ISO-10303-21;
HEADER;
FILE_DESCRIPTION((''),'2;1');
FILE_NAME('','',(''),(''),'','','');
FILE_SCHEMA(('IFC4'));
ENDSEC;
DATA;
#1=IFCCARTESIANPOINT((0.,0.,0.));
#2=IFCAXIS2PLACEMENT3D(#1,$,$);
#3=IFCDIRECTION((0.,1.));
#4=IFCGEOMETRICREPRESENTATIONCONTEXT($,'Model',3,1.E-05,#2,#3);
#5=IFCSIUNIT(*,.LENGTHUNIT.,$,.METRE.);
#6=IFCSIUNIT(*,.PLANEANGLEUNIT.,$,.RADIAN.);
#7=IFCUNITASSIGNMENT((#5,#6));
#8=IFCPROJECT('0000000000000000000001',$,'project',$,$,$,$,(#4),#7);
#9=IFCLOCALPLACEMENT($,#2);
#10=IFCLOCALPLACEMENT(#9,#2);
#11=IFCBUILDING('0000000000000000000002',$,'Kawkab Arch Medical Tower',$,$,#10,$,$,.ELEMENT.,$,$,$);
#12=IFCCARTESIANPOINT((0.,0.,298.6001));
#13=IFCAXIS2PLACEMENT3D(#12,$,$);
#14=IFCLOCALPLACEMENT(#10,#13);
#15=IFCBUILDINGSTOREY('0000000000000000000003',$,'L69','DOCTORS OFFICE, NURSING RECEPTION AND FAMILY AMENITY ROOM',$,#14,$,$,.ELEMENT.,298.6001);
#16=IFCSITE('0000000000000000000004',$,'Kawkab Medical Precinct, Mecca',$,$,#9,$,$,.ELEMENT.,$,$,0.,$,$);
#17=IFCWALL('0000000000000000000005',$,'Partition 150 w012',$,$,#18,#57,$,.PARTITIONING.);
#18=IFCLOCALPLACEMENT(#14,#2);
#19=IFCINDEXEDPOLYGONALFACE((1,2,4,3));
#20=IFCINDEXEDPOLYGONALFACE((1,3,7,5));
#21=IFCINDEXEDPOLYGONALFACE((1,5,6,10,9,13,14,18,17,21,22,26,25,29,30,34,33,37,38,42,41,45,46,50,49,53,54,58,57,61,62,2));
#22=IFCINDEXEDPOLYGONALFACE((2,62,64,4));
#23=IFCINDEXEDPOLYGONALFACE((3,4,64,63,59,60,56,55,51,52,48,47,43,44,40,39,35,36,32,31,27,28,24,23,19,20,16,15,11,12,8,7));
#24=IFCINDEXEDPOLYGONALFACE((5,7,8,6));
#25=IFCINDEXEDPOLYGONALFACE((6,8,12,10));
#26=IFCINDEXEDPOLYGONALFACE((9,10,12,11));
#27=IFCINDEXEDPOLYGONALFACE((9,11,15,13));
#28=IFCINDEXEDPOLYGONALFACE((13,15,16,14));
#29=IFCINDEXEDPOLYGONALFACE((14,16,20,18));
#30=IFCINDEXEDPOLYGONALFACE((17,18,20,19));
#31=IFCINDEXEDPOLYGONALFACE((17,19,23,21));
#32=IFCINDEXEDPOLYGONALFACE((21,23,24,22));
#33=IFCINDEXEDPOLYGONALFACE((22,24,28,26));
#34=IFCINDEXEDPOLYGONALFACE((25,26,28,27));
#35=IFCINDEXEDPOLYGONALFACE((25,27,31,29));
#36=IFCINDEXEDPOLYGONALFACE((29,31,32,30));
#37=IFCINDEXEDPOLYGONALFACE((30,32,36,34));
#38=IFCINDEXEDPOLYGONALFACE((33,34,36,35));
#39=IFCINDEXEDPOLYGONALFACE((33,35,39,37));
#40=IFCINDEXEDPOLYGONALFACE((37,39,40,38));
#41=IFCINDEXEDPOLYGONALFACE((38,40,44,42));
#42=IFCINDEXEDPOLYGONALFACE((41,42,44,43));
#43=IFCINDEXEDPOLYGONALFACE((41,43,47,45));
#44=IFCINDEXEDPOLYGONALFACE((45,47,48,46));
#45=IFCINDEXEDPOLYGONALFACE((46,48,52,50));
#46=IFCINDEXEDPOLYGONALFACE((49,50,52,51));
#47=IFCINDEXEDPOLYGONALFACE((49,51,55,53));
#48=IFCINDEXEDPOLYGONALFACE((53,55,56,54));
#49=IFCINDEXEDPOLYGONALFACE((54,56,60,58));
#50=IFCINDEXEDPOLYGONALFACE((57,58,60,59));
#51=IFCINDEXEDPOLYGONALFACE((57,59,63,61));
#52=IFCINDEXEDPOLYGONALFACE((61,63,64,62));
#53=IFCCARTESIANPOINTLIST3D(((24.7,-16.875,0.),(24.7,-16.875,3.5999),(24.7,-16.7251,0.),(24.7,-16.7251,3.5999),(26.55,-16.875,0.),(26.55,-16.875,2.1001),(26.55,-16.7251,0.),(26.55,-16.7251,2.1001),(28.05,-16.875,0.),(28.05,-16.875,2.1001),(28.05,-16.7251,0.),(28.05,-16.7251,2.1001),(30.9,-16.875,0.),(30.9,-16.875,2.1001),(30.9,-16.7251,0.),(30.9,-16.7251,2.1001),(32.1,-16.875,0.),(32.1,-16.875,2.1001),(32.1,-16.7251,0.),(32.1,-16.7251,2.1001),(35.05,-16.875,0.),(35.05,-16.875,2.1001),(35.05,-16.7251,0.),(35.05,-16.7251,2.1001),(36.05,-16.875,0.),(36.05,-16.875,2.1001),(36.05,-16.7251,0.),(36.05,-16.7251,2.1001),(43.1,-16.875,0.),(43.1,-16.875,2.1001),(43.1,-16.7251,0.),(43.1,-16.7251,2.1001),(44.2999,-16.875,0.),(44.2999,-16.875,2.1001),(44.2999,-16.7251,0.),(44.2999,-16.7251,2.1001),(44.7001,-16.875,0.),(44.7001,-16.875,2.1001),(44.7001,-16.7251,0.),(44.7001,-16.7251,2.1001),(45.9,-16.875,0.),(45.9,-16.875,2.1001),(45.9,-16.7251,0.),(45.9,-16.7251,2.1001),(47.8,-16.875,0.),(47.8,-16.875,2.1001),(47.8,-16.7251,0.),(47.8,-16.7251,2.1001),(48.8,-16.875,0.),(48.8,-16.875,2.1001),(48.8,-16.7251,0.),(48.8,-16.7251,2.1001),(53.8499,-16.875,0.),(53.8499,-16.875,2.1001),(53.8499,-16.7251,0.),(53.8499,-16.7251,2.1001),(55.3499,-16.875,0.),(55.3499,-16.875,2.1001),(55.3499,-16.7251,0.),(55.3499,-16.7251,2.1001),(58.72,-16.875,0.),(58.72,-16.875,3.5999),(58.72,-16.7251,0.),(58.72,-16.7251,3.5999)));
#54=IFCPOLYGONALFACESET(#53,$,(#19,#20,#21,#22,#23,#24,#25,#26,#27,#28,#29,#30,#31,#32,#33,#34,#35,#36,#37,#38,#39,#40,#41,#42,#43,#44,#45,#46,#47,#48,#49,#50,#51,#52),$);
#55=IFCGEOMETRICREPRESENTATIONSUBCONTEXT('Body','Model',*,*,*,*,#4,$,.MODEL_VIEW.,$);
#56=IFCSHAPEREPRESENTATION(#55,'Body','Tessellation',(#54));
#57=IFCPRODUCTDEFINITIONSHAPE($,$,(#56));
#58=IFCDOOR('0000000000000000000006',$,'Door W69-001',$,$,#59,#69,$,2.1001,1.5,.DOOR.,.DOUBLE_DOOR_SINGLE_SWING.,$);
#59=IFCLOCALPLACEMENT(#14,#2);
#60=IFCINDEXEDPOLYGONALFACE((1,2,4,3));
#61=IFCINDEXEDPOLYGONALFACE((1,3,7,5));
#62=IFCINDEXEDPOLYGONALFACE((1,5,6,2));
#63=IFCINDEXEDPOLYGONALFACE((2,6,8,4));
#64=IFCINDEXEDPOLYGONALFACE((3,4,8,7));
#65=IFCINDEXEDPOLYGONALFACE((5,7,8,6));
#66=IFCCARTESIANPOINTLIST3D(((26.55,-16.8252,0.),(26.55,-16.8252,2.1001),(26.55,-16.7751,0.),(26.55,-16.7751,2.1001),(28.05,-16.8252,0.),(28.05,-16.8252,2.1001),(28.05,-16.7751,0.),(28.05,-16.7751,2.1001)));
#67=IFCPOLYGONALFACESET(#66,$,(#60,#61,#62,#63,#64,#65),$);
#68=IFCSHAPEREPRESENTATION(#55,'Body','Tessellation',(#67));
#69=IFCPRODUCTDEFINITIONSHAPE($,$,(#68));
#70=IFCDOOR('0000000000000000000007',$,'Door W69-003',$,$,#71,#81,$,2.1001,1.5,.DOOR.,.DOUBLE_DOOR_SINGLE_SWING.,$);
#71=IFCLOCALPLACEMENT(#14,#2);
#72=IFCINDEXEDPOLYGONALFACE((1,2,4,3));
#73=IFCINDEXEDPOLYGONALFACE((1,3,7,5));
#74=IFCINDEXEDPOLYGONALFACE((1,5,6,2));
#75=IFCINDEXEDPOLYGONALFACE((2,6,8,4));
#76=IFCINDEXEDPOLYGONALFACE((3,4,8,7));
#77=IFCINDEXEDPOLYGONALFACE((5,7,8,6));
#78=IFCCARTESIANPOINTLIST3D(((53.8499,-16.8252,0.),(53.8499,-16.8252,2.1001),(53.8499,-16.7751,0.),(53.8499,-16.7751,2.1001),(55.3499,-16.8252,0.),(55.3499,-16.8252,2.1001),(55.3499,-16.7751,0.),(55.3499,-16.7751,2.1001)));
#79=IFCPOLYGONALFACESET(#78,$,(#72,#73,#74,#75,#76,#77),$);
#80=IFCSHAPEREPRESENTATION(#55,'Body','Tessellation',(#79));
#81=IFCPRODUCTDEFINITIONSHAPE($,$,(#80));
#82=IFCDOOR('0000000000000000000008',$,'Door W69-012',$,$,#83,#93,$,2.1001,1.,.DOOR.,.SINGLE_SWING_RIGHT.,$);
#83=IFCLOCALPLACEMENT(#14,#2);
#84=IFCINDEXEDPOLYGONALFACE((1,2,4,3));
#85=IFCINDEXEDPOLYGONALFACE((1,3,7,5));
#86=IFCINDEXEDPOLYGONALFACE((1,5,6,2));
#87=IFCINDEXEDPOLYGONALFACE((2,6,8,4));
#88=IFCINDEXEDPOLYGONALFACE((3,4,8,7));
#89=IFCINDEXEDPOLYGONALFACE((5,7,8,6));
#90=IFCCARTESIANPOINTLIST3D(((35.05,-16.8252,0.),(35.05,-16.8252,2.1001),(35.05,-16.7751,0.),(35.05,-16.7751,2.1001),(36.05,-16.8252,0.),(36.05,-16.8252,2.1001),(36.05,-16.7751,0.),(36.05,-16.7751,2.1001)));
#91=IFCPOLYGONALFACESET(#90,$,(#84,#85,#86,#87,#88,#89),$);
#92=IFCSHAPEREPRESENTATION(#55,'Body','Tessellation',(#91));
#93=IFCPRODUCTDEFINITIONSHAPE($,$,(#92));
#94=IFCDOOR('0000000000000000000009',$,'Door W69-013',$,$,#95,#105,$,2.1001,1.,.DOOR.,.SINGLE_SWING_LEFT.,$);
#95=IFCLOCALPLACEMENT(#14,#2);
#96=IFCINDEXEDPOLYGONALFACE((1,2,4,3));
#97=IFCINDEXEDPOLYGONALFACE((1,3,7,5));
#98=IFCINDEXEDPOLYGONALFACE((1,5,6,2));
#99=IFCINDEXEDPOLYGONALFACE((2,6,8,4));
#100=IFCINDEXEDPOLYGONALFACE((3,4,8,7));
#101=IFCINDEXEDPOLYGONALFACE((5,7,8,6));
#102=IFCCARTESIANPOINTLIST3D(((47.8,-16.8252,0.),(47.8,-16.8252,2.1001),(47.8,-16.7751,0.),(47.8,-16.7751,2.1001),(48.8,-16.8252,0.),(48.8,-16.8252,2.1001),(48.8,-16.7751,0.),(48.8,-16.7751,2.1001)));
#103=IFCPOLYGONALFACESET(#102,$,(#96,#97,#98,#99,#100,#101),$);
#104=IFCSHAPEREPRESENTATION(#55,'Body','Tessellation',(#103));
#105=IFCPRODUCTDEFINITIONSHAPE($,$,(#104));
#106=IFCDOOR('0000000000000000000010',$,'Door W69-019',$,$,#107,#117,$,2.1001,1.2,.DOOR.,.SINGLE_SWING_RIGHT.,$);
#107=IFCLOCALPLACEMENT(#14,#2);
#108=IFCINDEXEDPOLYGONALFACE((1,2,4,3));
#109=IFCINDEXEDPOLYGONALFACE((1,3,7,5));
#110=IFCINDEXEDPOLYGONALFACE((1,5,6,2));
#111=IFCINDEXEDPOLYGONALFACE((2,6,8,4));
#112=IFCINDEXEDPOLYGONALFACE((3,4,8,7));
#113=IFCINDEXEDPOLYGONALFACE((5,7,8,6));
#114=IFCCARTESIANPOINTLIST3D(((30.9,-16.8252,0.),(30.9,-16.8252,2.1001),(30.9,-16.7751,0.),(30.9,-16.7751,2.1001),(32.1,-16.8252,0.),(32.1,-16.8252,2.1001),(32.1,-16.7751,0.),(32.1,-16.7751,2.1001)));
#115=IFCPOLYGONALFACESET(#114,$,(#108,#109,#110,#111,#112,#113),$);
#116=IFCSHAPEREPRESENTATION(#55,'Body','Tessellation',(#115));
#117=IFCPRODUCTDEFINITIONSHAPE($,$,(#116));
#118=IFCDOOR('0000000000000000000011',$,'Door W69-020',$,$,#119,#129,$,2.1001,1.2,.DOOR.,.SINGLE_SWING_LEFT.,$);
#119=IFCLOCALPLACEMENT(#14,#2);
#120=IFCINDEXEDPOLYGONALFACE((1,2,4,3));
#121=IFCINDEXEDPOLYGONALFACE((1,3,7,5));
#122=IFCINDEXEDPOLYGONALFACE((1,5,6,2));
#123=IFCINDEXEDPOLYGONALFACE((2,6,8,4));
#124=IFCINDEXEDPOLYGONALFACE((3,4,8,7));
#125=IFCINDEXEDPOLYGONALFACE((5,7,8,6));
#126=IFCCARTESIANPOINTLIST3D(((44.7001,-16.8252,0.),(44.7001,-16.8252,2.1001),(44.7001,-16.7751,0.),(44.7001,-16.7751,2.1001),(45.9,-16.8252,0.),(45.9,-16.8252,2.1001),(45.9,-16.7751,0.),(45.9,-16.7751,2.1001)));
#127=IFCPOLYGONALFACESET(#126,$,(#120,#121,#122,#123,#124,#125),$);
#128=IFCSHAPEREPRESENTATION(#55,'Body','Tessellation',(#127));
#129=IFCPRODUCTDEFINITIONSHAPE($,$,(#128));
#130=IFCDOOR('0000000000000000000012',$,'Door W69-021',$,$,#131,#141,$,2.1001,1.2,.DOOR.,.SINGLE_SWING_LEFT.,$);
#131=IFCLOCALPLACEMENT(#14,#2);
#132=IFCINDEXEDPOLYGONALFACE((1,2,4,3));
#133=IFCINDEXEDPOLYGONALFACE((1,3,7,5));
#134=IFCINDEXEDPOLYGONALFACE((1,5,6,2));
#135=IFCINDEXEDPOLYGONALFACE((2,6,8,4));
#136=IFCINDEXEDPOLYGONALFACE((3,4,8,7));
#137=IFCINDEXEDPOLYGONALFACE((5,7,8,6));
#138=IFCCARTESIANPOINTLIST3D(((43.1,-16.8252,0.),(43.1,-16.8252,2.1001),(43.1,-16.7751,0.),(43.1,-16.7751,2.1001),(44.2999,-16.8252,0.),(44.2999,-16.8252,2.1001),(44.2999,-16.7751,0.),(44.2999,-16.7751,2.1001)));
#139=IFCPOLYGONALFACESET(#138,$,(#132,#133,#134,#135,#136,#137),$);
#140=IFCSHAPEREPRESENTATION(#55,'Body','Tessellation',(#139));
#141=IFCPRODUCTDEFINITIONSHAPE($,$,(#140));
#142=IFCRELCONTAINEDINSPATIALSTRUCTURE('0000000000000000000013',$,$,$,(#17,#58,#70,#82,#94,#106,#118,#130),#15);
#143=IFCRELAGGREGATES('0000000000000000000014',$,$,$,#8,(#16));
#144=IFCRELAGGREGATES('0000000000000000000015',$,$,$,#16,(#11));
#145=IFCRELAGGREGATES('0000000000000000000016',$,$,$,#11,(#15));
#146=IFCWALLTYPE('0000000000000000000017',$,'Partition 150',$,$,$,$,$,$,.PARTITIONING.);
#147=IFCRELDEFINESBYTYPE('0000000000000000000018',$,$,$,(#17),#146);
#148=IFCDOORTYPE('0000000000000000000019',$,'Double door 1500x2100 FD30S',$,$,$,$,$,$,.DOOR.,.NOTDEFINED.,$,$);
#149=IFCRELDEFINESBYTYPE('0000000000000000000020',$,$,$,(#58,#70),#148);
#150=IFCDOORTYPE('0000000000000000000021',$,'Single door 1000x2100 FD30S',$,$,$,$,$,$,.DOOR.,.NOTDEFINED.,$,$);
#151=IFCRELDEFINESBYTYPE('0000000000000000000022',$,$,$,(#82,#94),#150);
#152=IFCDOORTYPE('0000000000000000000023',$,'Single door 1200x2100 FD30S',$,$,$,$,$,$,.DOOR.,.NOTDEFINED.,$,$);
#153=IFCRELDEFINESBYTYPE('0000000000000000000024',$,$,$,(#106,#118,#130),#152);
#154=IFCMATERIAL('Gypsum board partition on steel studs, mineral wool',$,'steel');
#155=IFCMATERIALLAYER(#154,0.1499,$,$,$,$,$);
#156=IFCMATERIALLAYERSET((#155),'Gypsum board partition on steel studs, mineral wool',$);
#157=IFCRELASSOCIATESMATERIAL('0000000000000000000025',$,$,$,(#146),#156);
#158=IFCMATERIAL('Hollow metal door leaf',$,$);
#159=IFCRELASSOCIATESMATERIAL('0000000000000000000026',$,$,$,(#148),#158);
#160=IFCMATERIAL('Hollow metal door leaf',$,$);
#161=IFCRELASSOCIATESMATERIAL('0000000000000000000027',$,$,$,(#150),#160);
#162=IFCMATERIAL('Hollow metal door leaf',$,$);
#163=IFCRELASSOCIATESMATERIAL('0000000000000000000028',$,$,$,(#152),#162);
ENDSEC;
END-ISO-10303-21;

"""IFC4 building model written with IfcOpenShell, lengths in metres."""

from ifc_helpers import new_model, si_unit, direction, frame, frame_2d, origin, place, context, subcontext, project, spatial, rectangle, extrude, material, layer, layer_set, type_object, element, fill, save


model = new_model("IFC4")

# Units and contexts
model_context = context("Model", 3, precision=1e-05, world=origin(), true_north=direction((0.0, 1.0)))
body_context = subcontext(model_context, "Body", "Model", "MODEL_VIEW")
ifc_project = project(units=[si_unit("LENGTHUNIT", "METRE"), si_unit("PLANEANGLEUNIT", "RADIAN")], contexts=[model_context])

# Site, building, storey
site_placement = place(None, origin())
site = spatial("IfcSite", under=ifc_project, at=site_placement, Name="Kawkab Medical Precinct, Mecca", CompositionType="ELEMENT", RefElevation=0.0)
building_placement = place(site_placement, origin())
building = spatial("IfcBuilding", under=site, at=building_placement, Name="Kawkab Arch Medical Tower", CompositionType="ELEMENT")
storey_placement = place(building_placement, frame((0.0, 0.0, 298.6001)))
storey = spatial("IfcBuildingStorey", under=building, at=storey_placement, Name="L69", Description="DOCTORS OFFICE, NURSING RECEPTION AND FAMILY AMENITY ROOM", CompositionType="ELEMENT", Elevation=298.6001)

# Wall, openings, doors
ifc_material_1 = material(Name="Gypsum board partition on steel studs, mineral wool", Category="steel")
ifc_layer_1 = layer(ifc_material_1, 0.1499)
ifc_layer_set_1 = layer_set([ifc_layer_1], Name="Gypsum board partition on steel studs, mineral wool")
wall_type_1 = type_object("IfcWallType", Name="Partition 150", PredefinedType="PARTITIONING", material=ifc_layer_set_1)
wall_1_placement = place(storey_placement, frame((24.7, -16.8, 0.0), z_axis=(0.0, 0.0, 1.0), x_axis=(1.0, 0.0, 0.0)))
wall_1 = element("IfcWall", 1, at=wall_1_placement, inside=storey, type_object=wall_type_1, Name="Partition 150 w012", PredefinedType="PARTITIONING", context=body_context, shape_type="SweptSolid", body=[
    extrude(rectangle(XDim=34.02, YDim=0.1499, at=frame_2d((17.01, 0.0))), origin(), (0.0, 0.0, 1.0), 3.5999),
])
opening_1_placement = place(wall_1_placement, frame((1.8501, 0.0, 0.0)))
opening_1 = element("IfcOpeningElement", 2, at=opening_1_placement, cuts=wall_1, PredefinedType="OPENING", context=body_context, shape_type="SweptSolid", body=[
    extrude(rectangle(XDim=1.5, YDim=2.1001, at=frame_2d((0.75, 1.05))), frame((0.0, 0.085, 0.0), z_axis=(0.0, -1.0, 0.0), x_axis=(1.0, 0.0, 0.0)), (0.0, 0.0, 1.0), 0.1699),
])
opening_2_placement = place(wall_1_placement, frame((6.2, 0.0, 0.0)))
opening_2 = element("IfcOpeningElement", 3, at=opening_2_placement, cuts=wall_1, PredefinedType="OPENING", context=body_context, shape_type="SweptSolid", body=[
    extrude(rectangle(XDim=1.2, YDim=2.1001, at=frame_2d((0.6001, 1.05))), frame((0.0, 0.085, 0.0), z_axis=(0.0, -1.0, 0.0), x_axis=(1.0, 0.0, 0.0)), (0.0, 0.0, 1.0), 0.1699),
])
opening_3_placement = place(wall_1_placement, frame((10.3501, 0.0, 0.0)))
opening_3 = element("IfcOpeningElement", 4, at=opening_3_placement, cuts=wall_1, PredefinedType="OPENING", context=body_context, shape_type="SweptSolid", body=[
    extrude(rectangle(XDim=1.0, YDim=2.1001, at=frame_2d((0.5, 1.05))), frame((0.0, 0.085, 0.0), z_axis=(0.0, -1.0, 0.0), x_axis=(1.0, 0.0, 0.0)), (0.0, 0.0, 1.0), 0.1699),
])
opening_4_placement = place(wall_1_placement, frame((20.0, 0.0, 0.0)))
opening_4 = element("IfcOpeningElement", 5, at=opening_4_placement, cuts=wall_1, PredefinedType="OPENING", context=body_context, shape_type="SweptSolid", body=[
    extrude(rectangle(XDim=1.2, YDim=2.1001, at=frame_2d((0.6001, 1.05))), frame((0.0, 0.085, 0.0), z_axis=(0.0, -1.0, 0.0), x_axis=(1.0, 0.0, 0.0)), (0.0, 0.0, 1.0), 0.1699),
])
opening_5_placement = place(wall_1_placement, frame((18.3999, 0.0, 0.0)))
opening_5 = element("IfcOpeningElement", 6, at=opening_5_placement, cuts=wall_1, PredefinedType="OPENING", context=body_context, shape_type="SweptSolid", body=[
    extrude(rectangle(XDim=1.2, YDim=2.1001, at=frame_2d((0.6001, 1.05))), frame((0.0, 0.085, 0.0), z_axis=(0.0, -1.0, 0.0), x_axis=(1.0, 0.0, 0.0)), (0.0, 0.0, 1.0), 0.1699),
])
opening_6_placement = place(wall_1_placement, frame((23.1001, 0.0, 0.0)))
opening_6 = element("IfcOpeningElement", 7, at=opening_6_placement, cuts=wall_1, PredefinedType="OPENING", context=body_context, shape_type="SweptSolid", body=[
    extrude(rectangle(XDim=1.0, YDim=2.1001, at=frame_2d((0.5, 1.05))), frame((0.0, 0.085, 0.0), z_axis=(0.0, -1.0, 0.0), x_axis=(1.0, 0.0, 0.0)), (0.0, 0.0, 1.0), 0.1699),
])
opening_7_placement = place(wall_1_placement, frame((29.1499, 0.0, 0.0)))
opening_7 = element("IfcOpeningElement", 8, at=opening_7_placement, cuts=wall_1, PredefinedType="OPENING", context=body_context, shape_type="SweptSolid", body=[
    extrude(rectangle(XDim=1.5, YDim=2.1001, at=frame_2d((0.75, 1.05))), frame((0.0, 0.085, 0.0), z_axis=(0.0, -1.0, 0.0), x_axis=(1.0, 0.0, 0.0)), (0.0, 0.0, 1.0), 0.1699),
])
ifc_material_2 = material(Name="Hollow metal door leaf")
door_type_1 = type_object("IfcDoorType", Name="Double door 1500x2100 FD30S", OperationType="NOTDEFINED", PredefinedType="DOOR", material=ifc_material_2)
door_1_placement = place(opening_1_placement, origin())
door_1 = element("IfcDoor", 9, at=door_1_placement, inside=storey, type_object=door_type_1, Name="Door W69-001", OperationType="DOUBLE_DOOR_SINGLE_SWING", OverallHeight=2.1001, OverallWidth=1.5, PredefinedType="DOOR", context=body_context, shape_type="SweptSolid", body=[
    extrude(rectangle(XDim=1.5, YDim=2.1001, at=frame_2d((0.75, 1.05))), frame((0.0, 0.0249, 0.0), z_axis=(0.0, -1.0, 0.0), x_axis=(1.0, 0.0, 0.0)), (0.0, 0.0, 1.0), 0.05),
])
fill(opening_1, door_1)
door_2_placement = place(opening_7_placement, origin())
door_2 = element("IfcDoor", 10, at=door_2_placement, inside=storey, type_object=door_type_1, Name="Door W69-003", OperationType="DOUBLE_DOOR_SINGLE_SWING", OverallHeight=2.1001, OverallWidth=1.5, PredefinedType="DOOR", context=body_context, shape_type="SweptSolid", body=[
    extrude(rectangle(XDim=1.5, YDim=2.1001, at=frame_2d((0.75, 1.05))), frame((0.0, 0.0249, 0.0), z_axis=(0.0, -1.0, 0.0), x_axis=(1.0, 0.0, 0.0)), (0.0, 0.0, 1.0), 0.05),
])
fill(opening_7, door_2)
ifc_material_3 = material(Name="Hollow metal door leaf")
door_type_2 = type_object("IfcDoorType", Name="Single door 1000x2100 FD30S", OperationType="NOTDEFINED", PredefinedType="DOOR", material=ifc_material_3)
door_3_placement = place(opening_3_placement, origin())
door_3 = element("IfcDoor", 11, at=door_3_placement, inside=storey, type_object=door_type_2, Name="Door W69-012", OperationType="SINGLE_SWING_RIGHT", OverallHeight=2.1001, OverallWidth=1.0, PredefinedType="DOOR", context=body_context, shape_type="SweptSolid", body=[
    extrude(rectangle(XDim=1.0, YDim=2.1001, at=frame_2d((0.5, 1.05))), frame((0.0, 0.0249, 0.0), z_axis=(0.0, -1.0, 0.0), x_axis=(1.0, 0.0, 0.0)), (0.0, 0.0, 1.0), 0.05),
])
fill(opening_3, door_3)
door_4_placement = place(opening_6_placement, origin())
door_4 = element("IfcDoor", 12, at=door_4_placement, inside=storey, type_object=door_type_2, Name="Door W69-013", OperationType="SINGLE_SWING_LEFT", OverallHeight=2.1001, OverallWidth=1.0, PredefinedType="DOOR", context=body_context, shape_type="SweptSolid", body=[
    extrude(rectangle(XDim=1.0, YDim=2.1001, at=frame_2d((0.5, 1.05))), frame((0.0, 0.0249, 0.0), z_axis=(0.0, -1.0, 0.0), x_axis=(1.0, 0.0, 0.0)), (0.0, 0.0, 1.0), 0.05),
])
fill(opening_6, door_4)
ifc_material_4 = material(Name="Hollow metal door leaf")
door_type_3 = type_object("IfcDoorType", Name="Single door 1200x2100 FD30S", OperationType="NOTDEFINED", PredefinedType="DOOR", material=ifc_material_4)
door_5_placement = place(opening_2_placement, origin())
door_5 = element("IfcDoor", 13, at=door_5_placement, inside=storey, type_object=door_type_3, Name="Door W69-019", OperationType="SINGLE_SWING_RIGHT", OverallHeight=2.1001, OverallWidth=1.2, PredefinedType="DOOR", context=body_context, shape_type="SweptSolid", body=[
    extrude(rectangle(XDim=1.2, YDim=2.1001, at=frame_2d((0.6001, 1.05))), frame((0.0, 0.0249, 0.0), z_axis=(0.0, -1.0, 0.0), x_axis=(1.0, 0.0, 0.0)), (0.0, 0.0, 1.0), 0.05),
])
fill(opening_2, door_5)
door_6_placement = place(opening_4_placement, origin())
door_6 = element("IfcDoor", 14, at=door_6_placement, inside=storey, type_object=door_type_3, Name="Door W69-020", OperationType="SINGLE_SWING_LEFT", OverallHeight=2.1001, OverallWidth=1.2, PredefinedType="DOOR", context=body_context, shape_type="SweptSolid", body=[
    extrude(rectangle(XDim=1.2, YDim=2.1001, at=frame_2d((0.6001, 1.05))), frame((0.0, 0.0249, 0.0), z_axis=(0.0, -1.0, 0.0), x_axis=(1.0, 0.0, 0.0)), (0.0, 0.0, 1.0), 0.05),
])
fill(opening_4, door_6)
door_7_placement = place(opening_5_placement, origin())
door_7 = element("IfcDoor", 15, at=door_7_placement, inside=storey, type_object=door_type_3, Name="Door W69-021", OperationType="SINGLE_SWING_LEFT", OverallHeight=2.1001, OverallWidth=1.2, PredefinedType="DOOR", context=body_context, shape_type="SweptSolid", body=[
    extrude(rectangle(XDim=1.2, YDim=2.1001, at=frame_2d((0.6001, 1.05))), frame((0.0, 0.0249, 0.0), z_axis=(0.0, -1.0, 0.0), x_axis=(1.0, 0.0, 0.0)), (0.0, 0.0, 1.0), 0.05),
])
fill(opening_5, door_7)

save(model, "model.ifc")
